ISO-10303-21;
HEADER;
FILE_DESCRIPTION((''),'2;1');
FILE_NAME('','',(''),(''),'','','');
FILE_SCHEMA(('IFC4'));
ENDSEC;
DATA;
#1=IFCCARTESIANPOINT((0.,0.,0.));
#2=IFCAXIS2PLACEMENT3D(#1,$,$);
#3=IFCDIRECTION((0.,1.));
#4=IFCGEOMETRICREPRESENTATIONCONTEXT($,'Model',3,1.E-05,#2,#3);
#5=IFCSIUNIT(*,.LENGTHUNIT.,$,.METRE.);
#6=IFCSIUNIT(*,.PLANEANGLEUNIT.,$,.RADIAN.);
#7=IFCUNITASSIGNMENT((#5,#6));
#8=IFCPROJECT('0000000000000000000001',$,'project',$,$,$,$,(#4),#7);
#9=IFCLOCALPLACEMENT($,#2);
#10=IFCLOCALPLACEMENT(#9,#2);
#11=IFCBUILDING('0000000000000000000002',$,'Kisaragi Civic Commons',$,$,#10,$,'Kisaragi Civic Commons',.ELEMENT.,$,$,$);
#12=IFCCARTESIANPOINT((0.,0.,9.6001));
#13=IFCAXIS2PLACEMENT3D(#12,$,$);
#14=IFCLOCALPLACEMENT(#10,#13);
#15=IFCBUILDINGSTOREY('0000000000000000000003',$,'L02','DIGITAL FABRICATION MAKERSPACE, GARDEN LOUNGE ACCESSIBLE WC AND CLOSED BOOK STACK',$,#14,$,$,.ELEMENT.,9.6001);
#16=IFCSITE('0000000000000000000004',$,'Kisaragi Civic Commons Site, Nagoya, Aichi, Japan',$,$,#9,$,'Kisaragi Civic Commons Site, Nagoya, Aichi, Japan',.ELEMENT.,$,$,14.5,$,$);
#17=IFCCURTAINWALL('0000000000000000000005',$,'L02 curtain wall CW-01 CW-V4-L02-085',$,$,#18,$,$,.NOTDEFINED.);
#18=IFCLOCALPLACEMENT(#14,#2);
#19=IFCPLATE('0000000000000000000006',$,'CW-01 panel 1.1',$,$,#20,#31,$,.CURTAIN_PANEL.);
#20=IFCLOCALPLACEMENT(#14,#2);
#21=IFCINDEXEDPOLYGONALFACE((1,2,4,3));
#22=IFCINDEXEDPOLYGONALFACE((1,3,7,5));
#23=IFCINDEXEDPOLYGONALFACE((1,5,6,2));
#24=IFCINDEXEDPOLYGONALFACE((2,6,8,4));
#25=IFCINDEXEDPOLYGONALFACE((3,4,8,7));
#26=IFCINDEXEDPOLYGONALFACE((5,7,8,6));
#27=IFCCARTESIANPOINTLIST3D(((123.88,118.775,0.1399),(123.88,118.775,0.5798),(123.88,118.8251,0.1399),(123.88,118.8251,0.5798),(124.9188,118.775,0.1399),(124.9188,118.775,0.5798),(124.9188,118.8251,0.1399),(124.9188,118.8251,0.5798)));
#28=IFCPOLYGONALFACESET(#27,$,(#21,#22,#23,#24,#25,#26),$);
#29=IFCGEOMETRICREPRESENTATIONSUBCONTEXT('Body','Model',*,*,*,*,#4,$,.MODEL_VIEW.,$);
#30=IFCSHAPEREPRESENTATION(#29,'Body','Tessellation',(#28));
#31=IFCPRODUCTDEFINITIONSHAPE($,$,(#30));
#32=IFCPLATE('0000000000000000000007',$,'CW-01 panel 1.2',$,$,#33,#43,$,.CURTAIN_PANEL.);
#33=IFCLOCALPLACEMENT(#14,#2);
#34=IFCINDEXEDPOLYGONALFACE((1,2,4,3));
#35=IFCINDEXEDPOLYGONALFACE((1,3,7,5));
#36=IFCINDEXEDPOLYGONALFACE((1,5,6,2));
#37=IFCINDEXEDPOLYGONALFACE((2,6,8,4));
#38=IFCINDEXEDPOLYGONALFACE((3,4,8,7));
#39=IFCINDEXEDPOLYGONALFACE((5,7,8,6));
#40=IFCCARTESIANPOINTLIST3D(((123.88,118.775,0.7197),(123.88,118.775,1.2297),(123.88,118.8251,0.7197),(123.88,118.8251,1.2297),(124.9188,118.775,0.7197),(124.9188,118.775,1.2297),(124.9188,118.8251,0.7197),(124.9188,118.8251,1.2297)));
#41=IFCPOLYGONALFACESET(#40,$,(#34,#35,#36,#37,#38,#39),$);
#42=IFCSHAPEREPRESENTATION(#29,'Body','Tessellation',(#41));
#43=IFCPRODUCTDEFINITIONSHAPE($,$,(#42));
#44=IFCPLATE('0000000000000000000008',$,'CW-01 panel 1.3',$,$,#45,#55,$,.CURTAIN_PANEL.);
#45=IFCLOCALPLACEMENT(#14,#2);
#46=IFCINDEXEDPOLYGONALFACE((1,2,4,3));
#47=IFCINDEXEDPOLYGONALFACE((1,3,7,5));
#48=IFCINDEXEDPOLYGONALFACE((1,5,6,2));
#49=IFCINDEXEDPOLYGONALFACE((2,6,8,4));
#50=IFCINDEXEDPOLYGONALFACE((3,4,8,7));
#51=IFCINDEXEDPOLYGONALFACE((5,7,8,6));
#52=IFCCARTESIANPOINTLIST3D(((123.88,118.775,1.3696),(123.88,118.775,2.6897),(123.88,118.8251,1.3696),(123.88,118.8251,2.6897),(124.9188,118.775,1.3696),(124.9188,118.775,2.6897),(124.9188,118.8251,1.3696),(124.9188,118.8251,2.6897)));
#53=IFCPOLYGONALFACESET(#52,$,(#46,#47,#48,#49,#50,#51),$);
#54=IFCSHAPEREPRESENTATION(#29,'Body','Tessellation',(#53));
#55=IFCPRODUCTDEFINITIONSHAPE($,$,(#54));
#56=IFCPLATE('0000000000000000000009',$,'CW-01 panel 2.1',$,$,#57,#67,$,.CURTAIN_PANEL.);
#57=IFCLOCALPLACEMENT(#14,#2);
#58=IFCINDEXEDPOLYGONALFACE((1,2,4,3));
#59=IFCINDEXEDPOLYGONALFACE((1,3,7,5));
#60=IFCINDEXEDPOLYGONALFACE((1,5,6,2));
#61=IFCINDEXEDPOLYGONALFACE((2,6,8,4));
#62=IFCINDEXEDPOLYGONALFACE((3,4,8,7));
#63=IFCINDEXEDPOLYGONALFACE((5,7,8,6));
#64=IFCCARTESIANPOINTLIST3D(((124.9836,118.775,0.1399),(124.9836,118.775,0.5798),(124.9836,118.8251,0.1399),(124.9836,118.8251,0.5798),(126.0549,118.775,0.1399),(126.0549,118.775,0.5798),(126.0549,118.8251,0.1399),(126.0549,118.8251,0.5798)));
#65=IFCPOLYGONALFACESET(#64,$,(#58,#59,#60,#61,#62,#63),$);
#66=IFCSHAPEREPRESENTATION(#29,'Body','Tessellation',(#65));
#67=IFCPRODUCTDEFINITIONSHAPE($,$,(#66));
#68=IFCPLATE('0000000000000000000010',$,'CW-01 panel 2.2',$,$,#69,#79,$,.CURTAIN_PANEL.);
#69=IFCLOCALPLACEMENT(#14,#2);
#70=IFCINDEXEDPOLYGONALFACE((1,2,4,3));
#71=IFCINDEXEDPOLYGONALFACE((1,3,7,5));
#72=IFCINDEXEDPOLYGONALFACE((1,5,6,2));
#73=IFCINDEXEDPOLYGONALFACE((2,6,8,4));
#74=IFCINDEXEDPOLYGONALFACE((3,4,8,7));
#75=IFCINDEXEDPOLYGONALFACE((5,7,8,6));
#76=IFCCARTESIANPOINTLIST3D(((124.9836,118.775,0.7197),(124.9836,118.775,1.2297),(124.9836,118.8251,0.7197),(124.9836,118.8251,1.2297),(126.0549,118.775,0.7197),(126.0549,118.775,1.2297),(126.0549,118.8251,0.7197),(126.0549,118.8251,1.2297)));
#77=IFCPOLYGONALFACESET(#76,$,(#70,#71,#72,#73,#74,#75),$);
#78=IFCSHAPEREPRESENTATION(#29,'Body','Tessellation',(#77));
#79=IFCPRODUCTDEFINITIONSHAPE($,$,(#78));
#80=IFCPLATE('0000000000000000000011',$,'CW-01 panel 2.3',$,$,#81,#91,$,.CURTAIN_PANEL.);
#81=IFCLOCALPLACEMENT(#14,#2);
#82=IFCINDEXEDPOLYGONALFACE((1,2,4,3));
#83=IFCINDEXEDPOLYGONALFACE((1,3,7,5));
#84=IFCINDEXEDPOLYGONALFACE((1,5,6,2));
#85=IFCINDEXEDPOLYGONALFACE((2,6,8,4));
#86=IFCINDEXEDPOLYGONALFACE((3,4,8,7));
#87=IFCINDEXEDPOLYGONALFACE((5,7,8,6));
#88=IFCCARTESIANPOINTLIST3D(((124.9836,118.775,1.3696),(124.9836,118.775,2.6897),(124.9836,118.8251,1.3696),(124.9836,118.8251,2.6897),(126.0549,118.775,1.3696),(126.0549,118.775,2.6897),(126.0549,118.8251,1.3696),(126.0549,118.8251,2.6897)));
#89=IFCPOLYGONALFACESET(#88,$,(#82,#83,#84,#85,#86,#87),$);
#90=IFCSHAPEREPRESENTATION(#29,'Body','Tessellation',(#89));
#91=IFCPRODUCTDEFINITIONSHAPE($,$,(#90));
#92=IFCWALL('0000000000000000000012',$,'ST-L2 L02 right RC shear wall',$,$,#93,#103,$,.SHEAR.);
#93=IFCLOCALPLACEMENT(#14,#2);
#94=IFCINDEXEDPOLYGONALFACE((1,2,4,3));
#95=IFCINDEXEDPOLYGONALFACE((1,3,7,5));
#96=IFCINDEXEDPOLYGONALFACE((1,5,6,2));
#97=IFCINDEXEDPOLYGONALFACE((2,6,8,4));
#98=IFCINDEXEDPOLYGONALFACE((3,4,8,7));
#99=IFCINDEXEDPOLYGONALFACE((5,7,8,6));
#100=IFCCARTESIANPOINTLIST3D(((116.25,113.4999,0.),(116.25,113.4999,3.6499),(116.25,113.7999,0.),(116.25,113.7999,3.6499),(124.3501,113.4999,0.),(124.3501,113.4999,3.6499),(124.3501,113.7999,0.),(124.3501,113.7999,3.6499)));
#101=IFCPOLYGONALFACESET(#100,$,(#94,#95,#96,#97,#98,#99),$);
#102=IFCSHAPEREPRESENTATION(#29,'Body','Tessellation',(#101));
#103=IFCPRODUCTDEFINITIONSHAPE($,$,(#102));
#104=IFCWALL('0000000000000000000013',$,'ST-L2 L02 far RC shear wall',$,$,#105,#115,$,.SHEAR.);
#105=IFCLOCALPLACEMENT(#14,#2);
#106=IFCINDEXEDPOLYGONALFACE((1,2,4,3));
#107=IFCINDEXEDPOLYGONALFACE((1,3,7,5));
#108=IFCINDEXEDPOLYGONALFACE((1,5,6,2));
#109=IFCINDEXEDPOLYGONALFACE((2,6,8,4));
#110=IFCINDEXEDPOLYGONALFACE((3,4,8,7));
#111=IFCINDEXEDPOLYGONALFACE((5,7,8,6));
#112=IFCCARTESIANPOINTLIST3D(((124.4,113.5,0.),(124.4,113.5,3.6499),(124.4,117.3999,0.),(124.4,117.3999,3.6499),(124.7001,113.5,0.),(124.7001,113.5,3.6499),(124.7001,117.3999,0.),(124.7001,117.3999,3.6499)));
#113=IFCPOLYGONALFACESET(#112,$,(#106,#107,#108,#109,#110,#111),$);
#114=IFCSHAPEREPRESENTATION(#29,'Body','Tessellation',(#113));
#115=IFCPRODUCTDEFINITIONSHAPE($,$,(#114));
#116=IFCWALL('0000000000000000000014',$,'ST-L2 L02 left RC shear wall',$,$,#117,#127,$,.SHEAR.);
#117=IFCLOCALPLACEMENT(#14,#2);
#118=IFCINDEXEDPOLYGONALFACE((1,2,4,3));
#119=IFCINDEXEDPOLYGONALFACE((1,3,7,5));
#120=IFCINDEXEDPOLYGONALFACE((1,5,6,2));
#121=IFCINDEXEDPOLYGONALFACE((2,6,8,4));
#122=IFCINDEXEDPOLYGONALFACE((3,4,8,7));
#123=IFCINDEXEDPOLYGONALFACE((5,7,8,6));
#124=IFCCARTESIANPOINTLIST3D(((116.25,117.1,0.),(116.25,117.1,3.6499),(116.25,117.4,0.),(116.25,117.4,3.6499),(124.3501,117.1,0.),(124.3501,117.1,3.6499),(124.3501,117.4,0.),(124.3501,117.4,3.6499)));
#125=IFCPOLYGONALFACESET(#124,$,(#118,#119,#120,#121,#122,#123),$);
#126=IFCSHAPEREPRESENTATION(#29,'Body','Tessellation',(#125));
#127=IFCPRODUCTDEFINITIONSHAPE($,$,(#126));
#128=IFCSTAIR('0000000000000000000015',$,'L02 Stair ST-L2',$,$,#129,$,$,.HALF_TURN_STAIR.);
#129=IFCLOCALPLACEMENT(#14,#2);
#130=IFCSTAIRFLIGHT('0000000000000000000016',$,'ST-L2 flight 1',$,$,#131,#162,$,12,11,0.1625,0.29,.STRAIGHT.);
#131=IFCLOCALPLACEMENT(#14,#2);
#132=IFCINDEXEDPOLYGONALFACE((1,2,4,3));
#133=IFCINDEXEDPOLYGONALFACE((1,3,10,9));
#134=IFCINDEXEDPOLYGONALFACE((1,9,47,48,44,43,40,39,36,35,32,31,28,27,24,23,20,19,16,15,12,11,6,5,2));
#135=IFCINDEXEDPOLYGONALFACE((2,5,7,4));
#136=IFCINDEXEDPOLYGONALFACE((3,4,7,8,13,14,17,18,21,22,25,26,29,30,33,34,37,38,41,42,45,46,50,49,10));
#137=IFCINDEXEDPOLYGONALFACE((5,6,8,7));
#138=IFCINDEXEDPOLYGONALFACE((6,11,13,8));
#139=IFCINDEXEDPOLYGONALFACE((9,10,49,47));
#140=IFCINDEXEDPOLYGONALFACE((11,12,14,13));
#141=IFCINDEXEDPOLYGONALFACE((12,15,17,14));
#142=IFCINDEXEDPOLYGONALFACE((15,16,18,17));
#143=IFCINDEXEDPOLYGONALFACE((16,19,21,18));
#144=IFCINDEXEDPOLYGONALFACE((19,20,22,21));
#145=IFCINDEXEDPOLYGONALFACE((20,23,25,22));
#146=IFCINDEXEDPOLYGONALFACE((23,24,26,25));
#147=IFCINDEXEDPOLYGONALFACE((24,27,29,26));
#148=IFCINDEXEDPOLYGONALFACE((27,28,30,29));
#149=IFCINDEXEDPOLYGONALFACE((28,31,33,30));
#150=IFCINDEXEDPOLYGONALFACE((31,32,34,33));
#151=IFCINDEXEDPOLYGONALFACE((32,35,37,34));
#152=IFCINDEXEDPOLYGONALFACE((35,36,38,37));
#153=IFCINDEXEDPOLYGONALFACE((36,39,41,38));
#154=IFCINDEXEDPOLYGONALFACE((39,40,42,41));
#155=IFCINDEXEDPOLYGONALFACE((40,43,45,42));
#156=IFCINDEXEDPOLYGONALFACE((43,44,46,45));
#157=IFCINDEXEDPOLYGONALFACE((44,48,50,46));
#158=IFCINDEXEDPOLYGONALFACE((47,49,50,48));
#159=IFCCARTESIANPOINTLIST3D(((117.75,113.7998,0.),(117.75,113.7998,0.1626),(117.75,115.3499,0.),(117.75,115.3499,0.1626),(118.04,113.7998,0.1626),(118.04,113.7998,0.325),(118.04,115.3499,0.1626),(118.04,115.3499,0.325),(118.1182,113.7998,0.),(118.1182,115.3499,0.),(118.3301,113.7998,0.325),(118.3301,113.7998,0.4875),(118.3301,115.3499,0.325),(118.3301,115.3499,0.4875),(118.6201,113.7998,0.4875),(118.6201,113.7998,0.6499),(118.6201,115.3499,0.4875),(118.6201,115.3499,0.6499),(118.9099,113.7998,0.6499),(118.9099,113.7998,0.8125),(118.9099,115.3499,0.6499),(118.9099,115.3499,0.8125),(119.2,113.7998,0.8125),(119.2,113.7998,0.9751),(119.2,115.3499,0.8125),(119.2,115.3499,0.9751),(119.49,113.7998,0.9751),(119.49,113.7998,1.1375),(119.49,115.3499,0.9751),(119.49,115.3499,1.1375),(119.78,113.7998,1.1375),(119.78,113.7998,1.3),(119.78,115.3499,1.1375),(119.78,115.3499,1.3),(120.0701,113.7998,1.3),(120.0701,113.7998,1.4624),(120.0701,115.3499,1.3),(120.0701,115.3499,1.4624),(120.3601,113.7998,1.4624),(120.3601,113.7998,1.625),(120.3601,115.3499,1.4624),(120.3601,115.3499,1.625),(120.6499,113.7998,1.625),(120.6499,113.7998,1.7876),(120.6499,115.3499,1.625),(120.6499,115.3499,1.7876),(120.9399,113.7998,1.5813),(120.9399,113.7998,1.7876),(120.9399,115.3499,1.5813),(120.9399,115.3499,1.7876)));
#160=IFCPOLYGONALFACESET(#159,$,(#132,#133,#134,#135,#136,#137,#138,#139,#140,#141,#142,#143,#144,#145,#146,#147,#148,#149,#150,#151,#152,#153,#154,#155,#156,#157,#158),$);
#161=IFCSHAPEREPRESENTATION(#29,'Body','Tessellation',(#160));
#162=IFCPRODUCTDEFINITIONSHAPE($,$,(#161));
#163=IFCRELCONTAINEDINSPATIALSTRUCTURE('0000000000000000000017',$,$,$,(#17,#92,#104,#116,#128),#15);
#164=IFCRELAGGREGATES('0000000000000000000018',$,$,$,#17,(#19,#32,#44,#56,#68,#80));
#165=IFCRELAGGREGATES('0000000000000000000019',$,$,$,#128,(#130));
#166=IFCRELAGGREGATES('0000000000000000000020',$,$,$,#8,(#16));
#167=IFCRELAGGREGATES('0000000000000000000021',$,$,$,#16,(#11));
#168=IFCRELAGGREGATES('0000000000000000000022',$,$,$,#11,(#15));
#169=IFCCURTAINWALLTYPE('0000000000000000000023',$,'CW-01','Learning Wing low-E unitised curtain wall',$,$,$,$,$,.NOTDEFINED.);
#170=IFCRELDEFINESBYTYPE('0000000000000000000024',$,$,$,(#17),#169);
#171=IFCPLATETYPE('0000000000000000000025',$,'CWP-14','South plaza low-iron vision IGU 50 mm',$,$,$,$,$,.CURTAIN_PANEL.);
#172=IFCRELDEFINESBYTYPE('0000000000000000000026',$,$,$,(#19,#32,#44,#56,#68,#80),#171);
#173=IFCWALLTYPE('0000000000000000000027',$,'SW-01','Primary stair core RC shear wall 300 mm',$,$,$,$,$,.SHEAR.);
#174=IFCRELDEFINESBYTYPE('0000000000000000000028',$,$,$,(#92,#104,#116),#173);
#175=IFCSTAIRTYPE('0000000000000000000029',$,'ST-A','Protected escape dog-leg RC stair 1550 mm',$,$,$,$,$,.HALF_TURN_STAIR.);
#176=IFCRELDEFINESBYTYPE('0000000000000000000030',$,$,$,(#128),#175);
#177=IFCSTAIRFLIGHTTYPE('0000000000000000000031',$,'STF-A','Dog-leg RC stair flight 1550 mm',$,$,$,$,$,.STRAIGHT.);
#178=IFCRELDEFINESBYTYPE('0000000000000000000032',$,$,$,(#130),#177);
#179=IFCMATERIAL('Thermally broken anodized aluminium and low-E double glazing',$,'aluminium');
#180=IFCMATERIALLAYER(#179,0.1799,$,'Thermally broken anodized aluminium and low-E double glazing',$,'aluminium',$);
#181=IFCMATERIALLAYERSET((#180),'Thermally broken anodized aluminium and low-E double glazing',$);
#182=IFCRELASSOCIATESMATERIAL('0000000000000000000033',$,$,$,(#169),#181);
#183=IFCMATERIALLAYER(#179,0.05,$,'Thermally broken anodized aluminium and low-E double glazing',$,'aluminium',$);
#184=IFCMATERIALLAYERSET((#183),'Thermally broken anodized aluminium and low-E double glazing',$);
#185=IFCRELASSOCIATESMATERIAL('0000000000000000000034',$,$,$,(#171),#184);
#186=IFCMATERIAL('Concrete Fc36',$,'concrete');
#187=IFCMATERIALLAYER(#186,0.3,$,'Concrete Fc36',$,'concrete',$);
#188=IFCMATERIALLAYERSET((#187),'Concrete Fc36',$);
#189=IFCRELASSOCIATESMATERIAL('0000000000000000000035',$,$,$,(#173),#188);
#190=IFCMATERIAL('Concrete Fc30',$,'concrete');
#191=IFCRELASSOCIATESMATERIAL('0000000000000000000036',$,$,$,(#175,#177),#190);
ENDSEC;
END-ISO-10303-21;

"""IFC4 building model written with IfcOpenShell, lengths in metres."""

from ifc_helpers import new_model, si_unit, direction, frame, frame_2d, origin, origin_2d, place, context, subcontext, project, spatial, polyline, rectangle, outline, extrude, material, layer, layer_set, type_object, element, aggregate, save


model = new_model("IFC4")

# Units and contexts
model_context = context("Model", 3, precision=1e-05, world=origin(), true_north=direction((0.0, 1.0)))
body_context = subcontext(model_context, "Body", "Model", "MODEL_VIEW")
ifc_project = project(units=[si_unit("LENGTHUNIT", "METRE"), si_unit("PLANEANGLEUNIT", "RADIAN")], contexts=[model_context])

# Site, building, storey
site_placement = place(None, origin())
site = spatial("IfcSite", under=ifc_project, at=site_placement, Name="Kisaragi Civic Commons Site, Nagoya, Aichi, Japan", LongName="Kisaragi Civic Commons Site, Nagoya, Aichi, Japan", CompositionType="ELEMENT", RefElevation=14.5)
building_placement = place(site_placement, origin())
building = spatial("IfcBuilding", under=site, at=building_placement, Name="Kisaragi Civic Commons", LongName="Kisaragi Civic Commons", CompositionType="ELEMENT")
storey_placement = place(building_placement, frame((0.0, 0.0, 9.6001)))
storey = spatial("IfcBuildingStorey", under=building, at=storey_placement, Name="L02", Description="DIGITAL FABRICATION MAKERSPACE, GARDEN LOUNGE ACCESSIBLE WC AND CLOSED BOOK STACK", CompositionType="ELEMENT", Elevation=9.6001)

# Shared definitions
ifc_material_1 = material(Name="Concrete Fc36", Category="concrete")

# Curtain wall
ifc_material_2 = material(Name="Thermally broken anodized aluminium and low-E double glazing", Category="aluminium")
ifc_layer_1 = layer(ifc_material_2, 0.1799, Name="Thermally broken anodized aluminium and low-E double glazing", Category="aluminium")
ifc_layer_set_1 = layer_set([ifc_layer_1], Name="Thermally broken anodized aluminium and low-E double glazing")
curtain_wall_type = type_object("IfcCurtainWallType", Name="CW-01", Description="Learning Wing low-E unitised curtain wall", PredefinedType="NOTDEFINED", material=ifc_layer_set_1)
curtain_wall_placement = place(storey_placement, origin())
curtain_wall = element("IfcCurtainWall", 1, at=curtain_wall_placement, inside=storey, type_object=curtain_wall_type, Name="L02 curtain wall CW-01 CW-V4-L02-085", PredefinedType="NOTDEFINED")

# Shared definitions
ifc_material_3 = material(Name="Concrete Fc30", Category="concrete")

# Plates
ifc_layer_2 = layer(ifc_material_2, 0.05, Name="Thermally broken anodized aluminium and low-E double glazing", Category="aluminium")
ifc_layer_set_2 = layer_set([ifc_layer_2], Name="Thermally broken anodized aluminium and low-E double glazing")
plate_type = type_object("IfcPlateType", Name="CWP-14", Description="South plaza low-iron vision IGU 50 mm", PredefinedType="CURTAIN_PANEL", material=ifc_layer_set_2)
plate_1_placement = place(storey_placement, frame((124.3994, 118.8, 0.1399), z_axis=(0.0, 0.0, 1.0), x_axis=(1.0, 0.0, 0.0)))
plate_1 = element("IfcPlate", 2, at=plate_1_placement, type_object=plate_type, Name="CW-01 panel 1.1", PredefinedType="CURTAIN_PANEL", context=body_context, shape_type="SweptSolid", body=[
    extrude(rectangle(XDim=1.0388, YDim=0.05, at=origin_2d()), origin(), (0.0, 0.0, 1.0), 0.4399),
])
plate_2_placement = place(storey_placement, frame((124.3994, 118.8, 0.7197), z_axis=(0.0, 0.0, 1.0), x_axis=(1.0, 0.0, 0.0)))
plate_2 = element("IfcPlate", 3, at=plate_2_placement, type_object=plate_type, Name="CW-01 panel 1.2", PredefinedType="CURTAIN_PANEL", context=body_context, shape_type="SweptSolid", body=[
    extrude(rectangle(XDim=1.0388, YDim=0.05, at=origin_2d()), origin(), (0.0, 0.0, 1.0), 0.51),
])
plate_3_placement = place(storey_placement, frame((124.3994, 118.8, 1.3696), z_axis=(0.0, 0.0, 1.0), x_axis=(1.0, 0.0, 0.0)))
plate_3 = element("IfcPlate", 4, at=plate_3_placement, type_object=plate_type, Name="CW-01 panel 1.3", PredefinedType="CURTAIN_PANEL", context=body_context, shape_type="SweptSolid", body=[
    extrude(rectangle(XDim=1.0388, YDim=0.05, at=origin_2d()), origin(), (0.0, 0.0, 1.0), 1.3201),
])
plate_4_placement = place(storey_placement, frame((125.5193, 118.8, 0.1399), z_axis=(0.0, 0.0, 1.0), x_axis=(1.0, 0.0, 0.0)))
plate_4 = element("IfcPlate", 5, at=plate_4_placement, type_object=plate_type, Name="CW-01 panel 2.1", PredefinedType="CURTAIN_PANEL", context=body_context, shape_type="SweptSolid", body=[
    extrude(rectangle(XDim=1.0713, YDim=0.05, at=origin_2d()), origin(), (0.0, 0.0, 1.0), 0.4399),
])
plate_5_placement = place(storey_placement, frame((125.5193, 118.8, 0.7197), z_axis=(0.0, 0.0, 1.0), x_axis=(1.0, 0.0, 0.0)))
plate_5 = element("IfcPlate", 6, at=plate_5_placement, type_object=plate_type, Name="CW-01 panel 2.2", PredefinedType="CURTAIN_PANEL", context=body_context, shape_type="SweptSolid", body=[
    extrude(rectangle(XDim=1.0713, YDim=0.05, at=origin_2d()), origin(), (0.0, 0.0, 1.0), 0.51),
])
plate_6_placement = place(storey_placement, frame((125.5193, 118.8, 1.3696), z_axis=(0.0, 0.0, 1.0), x_axis=(1.0, 0.0, 0.0)))
plate_6 = element("IfcPlate", 7, at=plate_6_placement, type_object=plate_type, Name="CW-01 panel 2.3", PredefinedType="CURTAIN_PANEL", context=body_context, shape_type="SweptSolid", body=[
    extrude(rectangle(XDim=1.0713, YDim=0.05, at=origin_2d()), origin(), (0.0, 0.0, 1.0), 1.3201),
])
aggregate(curtain_wall, [plate_1, plate_2, plate_3, plate_4, plate_5, plate_6])

# Walls
ifc_layer_3 = layer(ifc_material_1, 0.3, Name="Concrete Fc36", Category="concrete")
ifc_layer_set_3 = layer_set([ifc_layer_3], Name="Concrete Fc36")
wall_type = type_object("IfcWallType", Name="SW-01", Description="Primary stair core RC shear wall 300 mm", PredefinedType="SHEAR", material=ifc_layer_set_3)
wall_1_placement = place(storey_placement, frame((116.25, 113.6499, 0.0), z_axis=(0.0, 0.0, 1.0), x_axis=(1.0, 0.0, 0.0)))
element("IfcWall", 8, at=wall_1_placement, inside=storey, type_object=wall_type, Name="ST-L2 L02 right RC shear wall", PredefinedType="SHEAR", context=body_context, shape_type="SweptSolid", body=[
    extrude(rectangle(XDim=8.1001, YDim=0.3, at=frame_2d((4.05, 0.0))), origin(), (0.0, 0.0, 1.0), 3.6499),
])
wall_2_placement = place(storey_placement, frame((124.55, 113.5, 0.0), z_axis=(0.0, 0.0, 1.0), x_axis=(0.0, 1.0, 0.0)))
element("IfcWall", 9, at=wall_2_placement, inside=storey, type_object=wall_type, Name="ST-L2 L02 far RC shear wall", PredefinedType="SHEAR", context=body_context, shape_type="SweptSolid", body=[
    extrude(rectangle(XDim=3.8999, YDim=0.3, at=frame_2d((1.95, 0.0))), origin(), (0.0, 0.0, 1.0), 3.6499),
])
wall_3_placement = place(storey_placement, frame((124.3501, 117.25, 0.0), z_axis=(0.0, 0.0, 1.0), x_axis=(-1.0, 0.0, 0.0)))
element("IfcWall", 10, at=wall_3_placement, inside=storey, type_object=wall_type, Name="ST-L2 L02 left RC shear wall", PredefinedType="SHEAR", context=body_context, shape_type="SweptSolid", body=[
    extrude(rectangle(XDim=8.1001, YDim=0.3, at=frame_2d((4.05, 0.0))), origin(), (0.0, 0.0, 1.0), 3.6499),
])

# Stair, stair flight
stair_type = type_object("IfcStairType", Name="ST-A", Description="Protected escape dog-leg RC stair 1550 mm", PredefinedType="HALF_TURN_STAIR", material=ifc_material_3)
stair_placement = place(storey_placement, origin())
stair = element("IfcStair", 11, at=stair_placement, inside=storey, type_object=stair_type, Name="L02 Stair ST-L2", PredefinedType="HALF_TURN_STAIR")
stair_flight_type = type_object("IfcStairFlightType", Name="STF-A", Description="Dog-leg RC stair flight 1550 mm", PredefinedType="STRAIGHT", material=ifc_material_3)
stair_flight_1_placement = place(storey_placement, frame((117.75, 114.575, 0.0), z_axis=(0.0, 0.0, 1.0), x_axis=(1.0, 0.0, 0.0)))
stair_flight_1 = element("IfcStairFlight", 12, at=stair_flight_1_placement, type_object=stair_flight_type, Name="ST-L2 flight 1", NumberOfRisers=12, NumberOfTreads=11, PredefinedType="STRAIGHT", RiserHeight=0.1625, TreadLength=0.29, context=body_context, shape_type="SweptSolid", body=[
    extrude(outline(polyline([(0.0, 0.0), (0.0, 0.1626), (0.29, 0.1626), (0.29, 0.325), (0.5801, 0.325), (0.5801, 0.4875), (0.8701, 0.4875), (0.8701, 0.6499), (1.1599, 0.6499), (1.1599, 0.8125), (1.45, 0.8125), (1.45, 0.9751), (1.74, 0.9751), (1.74, 1.1375), (2.03, 1.1375), (2.03, 1.3), (2.3201, 1.3), (2.3201, 1.4624), (2.6101, 1.4624), (2.6101, 1.625), (2.8999, 1.625), (2.8999, 1.7876), (3.1899, 1.7876), (3.1899, 1.95), (3.1899, 1.5813), (0.3682, 0.0), (0.0, 0.0)])), frame((0.0, 0.7749, 0.0), z_axis=(0.0, -1.0, 0.0), x_axis=(1.0, 0.0, 0.0)), (0.0, 0.0, 1.0), 1.55),
])
aggregate(stair, [stair_flight_1])

save(model, "model.ifc")
